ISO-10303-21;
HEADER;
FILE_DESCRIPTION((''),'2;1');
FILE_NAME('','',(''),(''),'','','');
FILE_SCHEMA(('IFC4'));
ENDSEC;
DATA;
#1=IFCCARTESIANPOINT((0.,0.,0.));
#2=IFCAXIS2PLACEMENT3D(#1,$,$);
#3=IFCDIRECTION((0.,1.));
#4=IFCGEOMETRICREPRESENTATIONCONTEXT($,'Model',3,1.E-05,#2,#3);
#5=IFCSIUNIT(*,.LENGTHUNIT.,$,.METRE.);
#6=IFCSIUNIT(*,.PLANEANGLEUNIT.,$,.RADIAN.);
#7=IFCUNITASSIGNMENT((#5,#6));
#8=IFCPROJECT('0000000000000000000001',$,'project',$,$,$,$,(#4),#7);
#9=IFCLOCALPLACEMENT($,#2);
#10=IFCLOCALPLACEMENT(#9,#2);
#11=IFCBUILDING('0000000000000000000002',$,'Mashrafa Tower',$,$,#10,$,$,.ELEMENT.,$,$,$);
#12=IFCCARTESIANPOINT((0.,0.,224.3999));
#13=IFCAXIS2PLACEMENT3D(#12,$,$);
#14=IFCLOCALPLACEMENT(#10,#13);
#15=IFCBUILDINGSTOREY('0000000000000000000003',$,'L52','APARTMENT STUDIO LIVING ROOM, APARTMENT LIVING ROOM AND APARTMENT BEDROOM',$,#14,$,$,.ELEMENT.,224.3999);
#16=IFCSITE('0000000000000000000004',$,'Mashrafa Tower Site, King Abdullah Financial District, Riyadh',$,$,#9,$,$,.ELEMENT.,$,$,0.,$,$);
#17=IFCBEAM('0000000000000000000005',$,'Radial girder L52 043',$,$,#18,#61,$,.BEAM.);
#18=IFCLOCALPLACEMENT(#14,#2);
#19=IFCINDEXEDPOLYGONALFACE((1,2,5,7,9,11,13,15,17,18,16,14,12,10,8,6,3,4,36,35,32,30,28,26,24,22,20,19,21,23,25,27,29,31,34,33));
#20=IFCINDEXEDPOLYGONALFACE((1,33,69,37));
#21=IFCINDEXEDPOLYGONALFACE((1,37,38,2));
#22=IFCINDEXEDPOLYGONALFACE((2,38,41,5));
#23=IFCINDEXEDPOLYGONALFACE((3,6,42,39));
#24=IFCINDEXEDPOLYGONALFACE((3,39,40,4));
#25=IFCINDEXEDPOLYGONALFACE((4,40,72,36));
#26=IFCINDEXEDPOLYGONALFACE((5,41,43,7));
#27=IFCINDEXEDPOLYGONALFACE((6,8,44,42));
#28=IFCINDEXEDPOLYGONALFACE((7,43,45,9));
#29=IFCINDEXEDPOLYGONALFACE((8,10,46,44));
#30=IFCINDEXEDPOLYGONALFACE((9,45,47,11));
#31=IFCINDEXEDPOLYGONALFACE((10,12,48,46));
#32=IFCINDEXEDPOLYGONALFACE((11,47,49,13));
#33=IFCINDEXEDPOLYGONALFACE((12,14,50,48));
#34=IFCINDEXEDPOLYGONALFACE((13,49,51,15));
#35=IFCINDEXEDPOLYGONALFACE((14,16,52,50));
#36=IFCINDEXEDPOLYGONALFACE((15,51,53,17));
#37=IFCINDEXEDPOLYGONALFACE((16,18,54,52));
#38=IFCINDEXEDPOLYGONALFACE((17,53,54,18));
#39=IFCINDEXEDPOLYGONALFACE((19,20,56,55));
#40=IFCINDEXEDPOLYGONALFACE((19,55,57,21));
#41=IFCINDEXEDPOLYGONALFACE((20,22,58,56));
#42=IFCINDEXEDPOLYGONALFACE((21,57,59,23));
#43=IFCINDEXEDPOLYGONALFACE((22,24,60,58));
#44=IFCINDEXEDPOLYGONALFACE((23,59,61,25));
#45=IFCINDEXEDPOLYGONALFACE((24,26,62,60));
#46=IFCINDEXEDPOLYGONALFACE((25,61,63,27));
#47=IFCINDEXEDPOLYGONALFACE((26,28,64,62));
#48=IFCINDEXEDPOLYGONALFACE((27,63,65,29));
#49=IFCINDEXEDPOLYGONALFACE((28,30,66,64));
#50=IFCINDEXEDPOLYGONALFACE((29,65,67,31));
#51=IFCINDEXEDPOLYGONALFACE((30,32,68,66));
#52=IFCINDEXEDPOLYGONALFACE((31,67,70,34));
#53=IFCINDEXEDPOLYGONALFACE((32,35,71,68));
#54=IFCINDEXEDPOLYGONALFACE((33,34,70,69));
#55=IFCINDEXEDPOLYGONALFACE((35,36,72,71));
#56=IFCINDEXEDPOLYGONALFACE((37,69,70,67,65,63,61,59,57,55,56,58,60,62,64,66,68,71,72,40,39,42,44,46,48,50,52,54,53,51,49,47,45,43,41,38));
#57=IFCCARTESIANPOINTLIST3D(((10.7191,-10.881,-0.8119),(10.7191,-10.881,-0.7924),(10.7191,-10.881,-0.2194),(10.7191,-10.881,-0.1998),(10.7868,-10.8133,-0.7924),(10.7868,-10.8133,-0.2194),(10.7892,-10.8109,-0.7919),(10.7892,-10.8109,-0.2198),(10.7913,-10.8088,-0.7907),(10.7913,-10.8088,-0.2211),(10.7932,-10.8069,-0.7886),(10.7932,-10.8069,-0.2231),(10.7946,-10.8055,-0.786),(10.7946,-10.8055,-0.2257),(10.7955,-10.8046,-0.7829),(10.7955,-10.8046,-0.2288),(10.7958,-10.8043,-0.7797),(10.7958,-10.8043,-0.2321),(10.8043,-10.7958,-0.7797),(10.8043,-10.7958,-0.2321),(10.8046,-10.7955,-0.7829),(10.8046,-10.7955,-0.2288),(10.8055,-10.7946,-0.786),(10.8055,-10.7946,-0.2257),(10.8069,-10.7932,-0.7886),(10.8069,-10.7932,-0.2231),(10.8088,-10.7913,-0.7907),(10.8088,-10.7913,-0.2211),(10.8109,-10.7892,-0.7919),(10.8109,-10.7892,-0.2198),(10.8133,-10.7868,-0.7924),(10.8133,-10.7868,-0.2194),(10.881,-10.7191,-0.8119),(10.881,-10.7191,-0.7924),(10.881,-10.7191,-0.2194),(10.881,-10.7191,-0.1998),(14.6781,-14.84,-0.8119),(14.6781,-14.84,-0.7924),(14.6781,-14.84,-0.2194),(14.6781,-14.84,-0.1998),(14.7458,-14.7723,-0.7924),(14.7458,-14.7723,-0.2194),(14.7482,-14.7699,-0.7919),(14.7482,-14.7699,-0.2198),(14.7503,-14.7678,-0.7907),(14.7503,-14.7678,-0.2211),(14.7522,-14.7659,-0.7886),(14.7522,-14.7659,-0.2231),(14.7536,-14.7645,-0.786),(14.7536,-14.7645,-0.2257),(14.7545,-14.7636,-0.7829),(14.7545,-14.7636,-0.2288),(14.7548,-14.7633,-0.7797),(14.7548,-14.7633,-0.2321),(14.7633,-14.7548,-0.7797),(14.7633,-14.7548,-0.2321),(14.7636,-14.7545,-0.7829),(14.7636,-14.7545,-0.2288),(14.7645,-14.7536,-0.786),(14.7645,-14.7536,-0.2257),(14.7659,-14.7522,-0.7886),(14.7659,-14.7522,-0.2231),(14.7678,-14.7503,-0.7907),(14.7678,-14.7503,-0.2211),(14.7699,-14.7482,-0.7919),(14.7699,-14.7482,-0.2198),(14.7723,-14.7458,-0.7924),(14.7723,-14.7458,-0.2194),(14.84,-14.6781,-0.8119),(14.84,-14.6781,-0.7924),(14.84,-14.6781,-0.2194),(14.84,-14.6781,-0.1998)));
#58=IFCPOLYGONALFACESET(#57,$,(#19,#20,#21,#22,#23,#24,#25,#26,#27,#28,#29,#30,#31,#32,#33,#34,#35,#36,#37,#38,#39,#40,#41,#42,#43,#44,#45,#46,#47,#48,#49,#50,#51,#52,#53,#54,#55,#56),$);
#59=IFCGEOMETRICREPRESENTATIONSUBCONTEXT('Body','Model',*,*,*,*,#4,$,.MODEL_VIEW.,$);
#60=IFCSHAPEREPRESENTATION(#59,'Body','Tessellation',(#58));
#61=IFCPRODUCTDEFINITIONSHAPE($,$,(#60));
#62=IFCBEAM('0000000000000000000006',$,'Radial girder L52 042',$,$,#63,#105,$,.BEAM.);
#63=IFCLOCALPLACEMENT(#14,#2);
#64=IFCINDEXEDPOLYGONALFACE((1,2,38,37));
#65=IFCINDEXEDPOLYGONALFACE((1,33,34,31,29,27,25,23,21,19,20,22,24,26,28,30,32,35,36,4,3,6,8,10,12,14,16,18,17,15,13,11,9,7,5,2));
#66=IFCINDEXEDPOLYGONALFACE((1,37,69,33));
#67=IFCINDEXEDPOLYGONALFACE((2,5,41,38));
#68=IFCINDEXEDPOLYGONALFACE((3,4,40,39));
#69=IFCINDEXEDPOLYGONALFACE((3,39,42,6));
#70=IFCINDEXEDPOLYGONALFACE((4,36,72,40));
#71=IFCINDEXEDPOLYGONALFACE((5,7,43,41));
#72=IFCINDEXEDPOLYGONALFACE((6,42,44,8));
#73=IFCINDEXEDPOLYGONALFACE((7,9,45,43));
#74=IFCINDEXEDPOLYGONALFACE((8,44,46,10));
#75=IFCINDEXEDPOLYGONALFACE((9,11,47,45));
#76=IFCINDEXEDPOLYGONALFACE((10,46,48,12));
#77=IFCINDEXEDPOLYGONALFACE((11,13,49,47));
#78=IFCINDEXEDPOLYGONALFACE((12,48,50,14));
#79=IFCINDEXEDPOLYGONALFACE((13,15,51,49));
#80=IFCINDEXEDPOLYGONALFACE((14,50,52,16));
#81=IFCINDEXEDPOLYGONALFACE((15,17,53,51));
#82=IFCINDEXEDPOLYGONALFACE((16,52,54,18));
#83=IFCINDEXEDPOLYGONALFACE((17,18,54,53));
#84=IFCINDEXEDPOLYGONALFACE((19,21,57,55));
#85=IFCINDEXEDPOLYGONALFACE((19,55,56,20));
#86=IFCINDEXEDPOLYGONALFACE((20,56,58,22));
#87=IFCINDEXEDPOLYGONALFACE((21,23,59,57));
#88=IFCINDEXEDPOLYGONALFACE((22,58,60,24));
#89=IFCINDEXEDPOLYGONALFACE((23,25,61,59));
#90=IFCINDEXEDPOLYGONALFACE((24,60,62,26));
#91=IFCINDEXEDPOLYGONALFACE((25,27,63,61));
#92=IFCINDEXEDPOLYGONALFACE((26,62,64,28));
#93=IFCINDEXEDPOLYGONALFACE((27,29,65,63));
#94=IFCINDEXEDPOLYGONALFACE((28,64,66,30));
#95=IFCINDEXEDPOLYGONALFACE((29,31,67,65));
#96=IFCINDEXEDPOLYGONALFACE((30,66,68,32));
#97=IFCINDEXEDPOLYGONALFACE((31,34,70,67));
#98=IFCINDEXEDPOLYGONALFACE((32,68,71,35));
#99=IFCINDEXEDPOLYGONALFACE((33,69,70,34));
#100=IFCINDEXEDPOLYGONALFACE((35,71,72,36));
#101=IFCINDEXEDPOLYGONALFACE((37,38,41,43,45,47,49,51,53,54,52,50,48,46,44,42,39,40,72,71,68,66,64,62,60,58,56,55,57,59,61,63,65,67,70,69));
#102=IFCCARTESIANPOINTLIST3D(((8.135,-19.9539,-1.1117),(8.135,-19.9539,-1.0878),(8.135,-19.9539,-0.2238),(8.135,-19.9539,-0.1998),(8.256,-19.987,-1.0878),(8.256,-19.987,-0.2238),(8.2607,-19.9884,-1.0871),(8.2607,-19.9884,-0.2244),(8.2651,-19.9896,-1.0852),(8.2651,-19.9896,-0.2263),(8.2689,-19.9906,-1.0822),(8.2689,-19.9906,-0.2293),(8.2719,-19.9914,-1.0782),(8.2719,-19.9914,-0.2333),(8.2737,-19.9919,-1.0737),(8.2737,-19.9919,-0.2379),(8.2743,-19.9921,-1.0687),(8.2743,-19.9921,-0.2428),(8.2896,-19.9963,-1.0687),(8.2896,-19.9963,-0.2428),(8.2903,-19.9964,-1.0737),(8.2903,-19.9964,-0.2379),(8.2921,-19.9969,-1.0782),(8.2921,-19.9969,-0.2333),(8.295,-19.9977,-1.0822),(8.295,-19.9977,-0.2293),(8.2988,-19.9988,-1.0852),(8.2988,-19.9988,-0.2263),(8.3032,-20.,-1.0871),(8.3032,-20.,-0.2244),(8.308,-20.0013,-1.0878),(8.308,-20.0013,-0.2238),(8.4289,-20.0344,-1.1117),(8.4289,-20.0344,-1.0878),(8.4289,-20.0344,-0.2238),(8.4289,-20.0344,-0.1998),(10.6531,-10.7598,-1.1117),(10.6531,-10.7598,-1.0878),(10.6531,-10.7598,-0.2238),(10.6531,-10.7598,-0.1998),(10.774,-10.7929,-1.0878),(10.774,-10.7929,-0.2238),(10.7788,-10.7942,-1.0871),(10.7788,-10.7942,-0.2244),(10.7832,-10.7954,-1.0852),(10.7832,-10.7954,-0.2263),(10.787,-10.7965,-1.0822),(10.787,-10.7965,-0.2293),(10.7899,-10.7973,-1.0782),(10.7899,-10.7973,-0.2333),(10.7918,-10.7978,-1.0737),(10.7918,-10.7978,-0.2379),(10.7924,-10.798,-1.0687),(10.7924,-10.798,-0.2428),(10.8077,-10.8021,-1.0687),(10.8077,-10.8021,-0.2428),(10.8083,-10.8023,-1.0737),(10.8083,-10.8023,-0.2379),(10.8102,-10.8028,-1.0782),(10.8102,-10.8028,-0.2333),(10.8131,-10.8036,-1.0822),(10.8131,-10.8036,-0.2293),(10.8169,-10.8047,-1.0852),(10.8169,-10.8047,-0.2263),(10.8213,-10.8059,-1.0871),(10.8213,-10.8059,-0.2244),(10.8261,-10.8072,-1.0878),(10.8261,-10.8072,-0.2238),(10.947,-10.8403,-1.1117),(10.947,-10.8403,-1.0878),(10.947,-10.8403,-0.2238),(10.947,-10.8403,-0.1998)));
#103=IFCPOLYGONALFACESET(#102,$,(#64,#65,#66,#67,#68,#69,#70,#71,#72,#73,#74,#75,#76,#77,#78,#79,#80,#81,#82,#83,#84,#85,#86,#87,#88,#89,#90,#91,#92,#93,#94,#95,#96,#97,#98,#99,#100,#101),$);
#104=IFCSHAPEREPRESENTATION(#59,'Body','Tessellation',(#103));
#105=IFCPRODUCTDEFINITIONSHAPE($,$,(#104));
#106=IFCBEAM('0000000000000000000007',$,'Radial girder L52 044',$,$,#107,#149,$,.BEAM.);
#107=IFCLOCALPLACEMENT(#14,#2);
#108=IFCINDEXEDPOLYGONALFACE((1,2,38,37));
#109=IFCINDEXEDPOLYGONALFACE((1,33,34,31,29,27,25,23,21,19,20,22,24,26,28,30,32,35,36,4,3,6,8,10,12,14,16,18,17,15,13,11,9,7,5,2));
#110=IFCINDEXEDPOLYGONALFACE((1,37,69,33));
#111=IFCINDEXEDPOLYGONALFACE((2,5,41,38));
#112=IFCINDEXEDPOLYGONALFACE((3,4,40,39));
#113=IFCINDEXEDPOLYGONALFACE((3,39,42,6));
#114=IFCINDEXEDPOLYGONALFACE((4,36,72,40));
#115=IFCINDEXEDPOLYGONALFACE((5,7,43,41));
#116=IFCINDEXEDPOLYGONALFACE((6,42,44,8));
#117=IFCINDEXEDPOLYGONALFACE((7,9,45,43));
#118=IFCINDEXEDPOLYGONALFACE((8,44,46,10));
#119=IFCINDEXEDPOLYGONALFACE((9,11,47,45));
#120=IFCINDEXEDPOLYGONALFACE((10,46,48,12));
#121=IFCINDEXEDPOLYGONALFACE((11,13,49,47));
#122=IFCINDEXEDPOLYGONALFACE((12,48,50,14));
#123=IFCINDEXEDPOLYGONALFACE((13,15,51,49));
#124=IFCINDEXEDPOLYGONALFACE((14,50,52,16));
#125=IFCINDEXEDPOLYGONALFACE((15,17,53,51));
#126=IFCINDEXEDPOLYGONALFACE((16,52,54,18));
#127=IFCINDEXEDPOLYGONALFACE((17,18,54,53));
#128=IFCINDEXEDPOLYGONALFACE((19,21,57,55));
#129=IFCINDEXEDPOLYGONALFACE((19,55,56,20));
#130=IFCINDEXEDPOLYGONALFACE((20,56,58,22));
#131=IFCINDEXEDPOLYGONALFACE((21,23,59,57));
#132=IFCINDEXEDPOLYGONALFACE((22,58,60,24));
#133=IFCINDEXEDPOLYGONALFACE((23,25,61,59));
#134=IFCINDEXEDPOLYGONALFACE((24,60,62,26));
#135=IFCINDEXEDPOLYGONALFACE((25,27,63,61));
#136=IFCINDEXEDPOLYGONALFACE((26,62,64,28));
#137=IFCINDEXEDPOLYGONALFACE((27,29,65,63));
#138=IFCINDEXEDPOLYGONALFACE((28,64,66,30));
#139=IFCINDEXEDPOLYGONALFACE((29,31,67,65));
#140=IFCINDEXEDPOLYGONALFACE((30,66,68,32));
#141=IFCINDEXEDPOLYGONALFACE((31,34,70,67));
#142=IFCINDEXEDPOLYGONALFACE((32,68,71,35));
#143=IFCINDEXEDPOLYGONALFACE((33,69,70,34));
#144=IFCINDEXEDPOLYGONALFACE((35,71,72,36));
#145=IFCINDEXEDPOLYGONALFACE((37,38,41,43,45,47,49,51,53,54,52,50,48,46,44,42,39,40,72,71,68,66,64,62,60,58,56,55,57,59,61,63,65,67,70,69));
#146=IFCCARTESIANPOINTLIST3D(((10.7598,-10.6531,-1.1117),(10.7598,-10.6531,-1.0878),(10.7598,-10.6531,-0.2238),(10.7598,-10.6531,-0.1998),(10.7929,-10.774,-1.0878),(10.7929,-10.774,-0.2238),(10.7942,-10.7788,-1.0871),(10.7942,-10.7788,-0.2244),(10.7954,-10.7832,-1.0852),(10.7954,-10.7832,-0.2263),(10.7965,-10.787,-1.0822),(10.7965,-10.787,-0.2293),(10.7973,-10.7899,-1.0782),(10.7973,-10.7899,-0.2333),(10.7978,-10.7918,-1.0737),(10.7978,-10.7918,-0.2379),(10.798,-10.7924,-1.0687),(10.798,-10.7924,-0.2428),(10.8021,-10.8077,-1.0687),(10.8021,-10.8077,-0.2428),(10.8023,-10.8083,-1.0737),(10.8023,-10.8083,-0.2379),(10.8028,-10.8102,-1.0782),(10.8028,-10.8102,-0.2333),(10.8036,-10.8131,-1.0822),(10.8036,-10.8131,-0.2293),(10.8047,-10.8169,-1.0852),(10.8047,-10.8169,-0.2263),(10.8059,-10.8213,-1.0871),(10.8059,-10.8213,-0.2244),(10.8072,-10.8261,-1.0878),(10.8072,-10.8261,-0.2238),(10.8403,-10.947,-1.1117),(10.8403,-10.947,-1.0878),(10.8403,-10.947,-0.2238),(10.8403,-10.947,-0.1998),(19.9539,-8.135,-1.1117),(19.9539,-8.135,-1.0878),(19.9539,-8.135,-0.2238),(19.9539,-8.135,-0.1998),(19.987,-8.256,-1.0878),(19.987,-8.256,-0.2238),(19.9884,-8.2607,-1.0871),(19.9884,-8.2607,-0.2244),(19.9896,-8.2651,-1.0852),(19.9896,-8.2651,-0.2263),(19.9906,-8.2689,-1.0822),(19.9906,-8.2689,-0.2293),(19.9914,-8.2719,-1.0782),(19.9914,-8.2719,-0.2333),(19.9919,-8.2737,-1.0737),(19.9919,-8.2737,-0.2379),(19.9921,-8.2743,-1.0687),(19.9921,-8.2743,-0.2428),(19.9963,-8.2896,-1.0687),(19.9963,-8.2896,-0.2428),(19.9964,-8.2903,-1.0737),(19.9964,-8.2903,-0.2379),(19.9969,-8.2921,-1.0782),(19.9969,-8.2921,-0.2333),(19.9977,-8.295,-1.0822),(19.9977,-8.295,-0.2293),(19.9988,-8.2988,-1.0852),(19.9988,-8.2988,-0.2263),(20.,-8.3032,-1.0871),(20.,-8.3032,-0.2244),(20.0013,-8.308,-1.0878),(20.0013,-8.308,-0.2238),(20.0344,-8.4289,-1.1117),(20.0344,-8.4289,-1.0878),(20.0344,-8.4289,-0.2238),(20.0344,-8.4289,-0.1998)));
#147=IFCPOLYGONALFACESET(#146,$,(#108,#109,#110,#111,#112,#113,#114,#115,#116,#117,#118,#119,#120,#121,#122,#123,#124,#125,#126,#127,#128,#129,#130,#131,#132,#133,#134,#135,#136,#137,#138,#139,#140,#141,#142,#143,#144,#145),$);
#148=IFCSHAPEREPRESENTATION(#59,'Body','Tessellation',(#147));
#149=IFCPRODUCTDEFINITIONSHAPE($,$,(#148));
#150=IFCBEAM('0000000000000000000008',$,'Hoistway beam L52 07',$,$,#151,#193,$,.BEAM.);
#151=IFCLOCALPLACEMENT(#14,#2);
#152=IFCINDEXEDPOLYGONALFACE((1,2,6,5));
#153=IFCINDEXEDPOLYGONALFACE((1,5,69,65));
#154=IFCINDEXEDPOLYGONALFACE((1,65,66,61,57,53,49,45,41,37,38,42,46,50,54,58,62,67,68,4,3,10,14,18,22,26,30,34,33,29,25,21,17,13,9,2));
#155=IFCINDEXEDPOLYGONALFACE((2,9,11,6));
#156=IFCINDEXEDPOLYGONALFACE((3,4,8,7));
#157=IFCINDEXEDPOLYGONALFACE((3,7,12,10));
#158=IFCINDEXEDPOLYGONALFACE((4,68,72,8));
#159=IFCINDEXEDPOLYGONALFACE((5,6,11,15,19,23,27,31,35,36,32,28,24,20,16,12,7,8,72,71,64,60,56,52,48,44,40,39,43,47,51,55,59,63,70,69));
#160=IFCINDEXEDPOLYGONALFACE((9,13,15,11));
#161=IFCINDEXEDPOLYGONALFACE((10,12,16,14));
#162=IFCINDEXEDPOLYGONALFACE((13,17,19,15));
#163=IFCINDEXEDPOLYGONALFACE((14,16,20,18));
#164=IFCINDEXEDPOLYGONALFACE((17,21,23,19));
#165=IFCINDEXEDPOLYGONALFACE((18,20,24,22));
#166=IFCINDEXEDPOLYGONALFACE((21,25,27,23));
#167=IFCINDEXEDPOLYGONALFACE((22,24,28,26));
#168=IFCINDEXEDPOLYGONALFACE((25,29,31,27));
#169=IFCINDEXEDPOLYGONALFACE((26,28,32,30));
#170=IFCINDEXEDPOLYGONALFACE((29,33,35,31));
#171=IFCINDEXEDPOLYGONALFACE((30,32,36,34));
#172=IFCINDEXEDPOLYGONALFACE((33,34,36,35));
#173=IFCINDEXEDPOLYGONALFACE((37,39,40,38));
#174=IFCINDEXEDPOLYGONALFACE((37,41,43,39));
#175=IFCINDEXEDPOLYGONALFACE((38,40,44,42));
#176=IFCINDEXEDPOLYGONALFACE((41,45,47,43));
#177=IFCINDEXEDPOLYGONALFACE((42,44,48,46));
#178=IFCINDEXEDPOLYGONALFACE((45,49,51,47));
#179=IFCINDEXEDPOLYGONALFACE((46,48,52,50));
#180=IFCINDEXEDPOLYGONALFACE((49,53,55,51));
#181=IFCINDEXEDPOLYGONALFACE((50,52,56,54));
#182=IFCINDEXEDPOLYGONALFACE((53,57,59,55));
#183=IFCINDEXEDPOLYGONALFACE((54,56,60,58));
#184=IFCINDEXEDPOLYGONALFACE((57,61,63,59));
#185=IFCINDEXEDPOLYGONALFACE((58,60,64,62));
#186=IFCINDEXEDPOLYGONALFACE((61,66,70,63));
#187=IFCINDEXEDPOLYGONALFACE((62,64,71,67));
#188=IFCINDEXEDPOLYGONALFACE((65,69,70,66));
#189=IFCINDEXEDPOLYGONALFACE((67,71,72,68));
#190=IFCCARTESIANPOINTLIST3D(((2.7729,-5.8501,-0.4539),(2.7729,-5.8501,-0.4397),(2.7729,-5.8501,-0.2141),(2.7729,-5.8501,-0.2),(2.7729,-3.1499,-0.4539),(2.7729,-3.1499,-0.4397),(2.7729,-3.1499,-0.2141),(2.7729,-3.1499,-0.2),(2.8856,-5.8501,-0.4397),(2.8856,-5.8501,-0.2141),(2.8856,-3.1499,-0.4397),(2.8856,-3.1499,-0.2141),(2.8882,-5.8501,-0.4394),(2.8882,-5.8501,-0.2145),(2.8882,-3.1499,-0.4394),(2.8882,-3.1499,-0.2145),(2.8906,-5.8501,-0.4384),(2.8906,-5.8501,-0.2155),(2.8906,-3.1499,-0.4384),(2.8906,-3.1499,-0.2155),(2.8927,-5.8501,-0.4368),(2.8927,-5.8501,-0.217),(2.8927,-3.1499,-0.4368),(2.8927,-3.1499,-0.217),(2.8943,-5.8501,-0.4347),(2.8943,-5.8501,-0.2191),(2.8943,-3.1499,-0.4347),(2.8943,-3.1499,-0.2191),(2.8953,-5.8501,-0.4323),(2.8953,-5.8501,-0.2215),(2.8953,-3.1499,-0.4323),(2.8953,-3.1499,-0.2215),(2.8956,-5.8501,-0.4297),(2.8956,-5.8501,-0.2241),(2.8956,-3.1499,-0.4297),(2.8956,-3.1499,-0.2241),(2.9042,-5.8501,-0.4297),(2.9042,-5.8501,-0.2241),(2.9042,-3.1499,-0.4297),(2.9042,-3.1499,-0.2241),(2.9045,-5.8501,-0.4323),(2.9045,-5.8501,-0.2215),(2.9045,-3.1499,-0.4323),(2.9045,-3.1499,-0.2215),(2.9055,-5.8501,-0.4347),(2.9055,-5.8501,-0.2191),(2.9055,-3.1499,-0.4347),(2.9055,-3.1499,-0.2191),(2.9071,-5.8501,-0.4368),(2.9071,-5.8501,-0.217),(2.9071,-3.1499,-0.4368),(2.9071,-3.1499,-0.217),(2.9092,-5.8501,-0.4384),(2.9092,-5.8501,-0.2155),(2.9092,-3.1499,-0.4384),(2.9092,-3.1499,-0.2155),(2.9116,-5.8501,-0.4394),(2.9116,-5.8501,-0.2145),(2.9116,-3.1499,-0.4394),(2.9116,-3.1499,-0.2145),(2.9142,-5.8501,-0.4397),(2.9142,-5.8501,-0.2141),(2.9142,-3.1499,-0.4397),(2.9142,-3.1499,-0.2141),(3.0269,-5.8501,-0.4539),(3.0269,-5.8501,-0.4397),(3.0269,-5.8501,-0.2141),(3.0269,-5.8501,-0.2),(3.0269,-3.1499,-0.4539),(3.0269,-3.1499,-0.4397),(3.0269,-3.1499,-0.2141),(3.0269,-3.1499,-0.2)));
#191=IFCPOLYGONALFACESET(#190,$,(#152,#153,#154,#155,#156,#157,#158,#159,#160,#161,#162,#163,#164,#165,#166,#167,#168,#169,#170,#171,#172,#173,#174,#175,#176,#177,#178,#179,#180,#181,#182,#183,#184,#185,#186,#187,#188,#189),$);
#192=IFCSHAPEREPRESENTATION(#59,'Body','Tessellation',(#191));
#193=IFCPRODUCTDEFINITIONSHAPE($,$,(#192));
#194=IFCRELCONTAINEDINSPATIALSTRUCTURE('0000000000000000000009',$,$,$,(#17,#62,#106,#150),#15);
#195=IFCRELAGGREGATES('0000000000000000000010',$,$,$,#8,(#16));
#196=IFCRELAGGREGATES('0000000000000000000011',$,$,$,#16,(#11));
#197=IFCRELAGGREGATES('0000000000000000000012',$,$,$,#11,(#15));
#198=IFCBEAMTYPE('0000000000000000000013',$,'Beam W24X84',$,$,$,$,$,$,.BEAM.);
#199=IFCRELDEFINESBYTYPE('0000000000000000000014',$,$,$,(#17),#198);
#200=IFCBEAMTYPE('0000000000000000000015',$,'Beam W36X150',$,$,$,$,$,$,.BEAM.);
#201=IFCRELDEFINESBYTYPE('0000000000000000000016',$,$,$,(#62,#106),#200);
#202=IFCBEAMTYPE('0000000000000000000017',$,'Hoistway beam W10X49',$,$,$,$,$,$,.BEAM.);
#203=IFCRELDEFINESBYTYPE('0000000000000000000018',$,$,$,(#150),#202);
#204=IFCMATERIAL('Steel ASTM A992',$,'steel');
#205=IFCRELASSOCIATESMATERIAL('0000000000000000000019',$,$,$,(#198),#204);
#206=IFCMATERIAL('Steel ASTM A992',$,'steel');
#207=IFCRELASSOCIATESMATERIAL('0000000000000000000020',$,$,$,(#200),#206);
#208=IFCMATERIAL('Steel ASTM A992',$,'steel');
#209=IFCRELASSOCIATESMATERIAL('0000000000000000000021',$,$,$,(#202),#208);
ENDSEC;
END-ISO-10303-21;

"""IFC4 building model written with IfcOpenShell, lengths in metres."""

from ifc_helpers import new_model, si_unit, direction, frame, origin, origin_2d, place, context, subcontext, project, spatial, i_section, extrude, material, material_profile, profile_set, type_object, element, save


model = new_model("IFC4")

# Units and contexts
model_context = context("Model", 3, precision=1e-05, world=origin(), true_north=direction((0.0, 1.0)))
body_context = subcontext(model_context, "Body", "Model", "MODEL_VIEW")
ifc_project = project(units=[si_unit("LENGTHUNIT", "METRE"), si_unit("PLANEANGLEUNIT", "RADIAN")], contexts=[model_context])

# Site, building, storey
site_placement = place(None, origin())
site = spatial("IfcSite", under=ifc_project, at=site_placement, Name="Mashrafa Tower Site, King Abdullah Financial District, Riyadh", CompositionType="ELEMENT", RefElevation=0.0)
building_placement = place(site_placement, origin())
building = spatial("IfcBuilding", under=site, at=building_placement, Name="Mashrafa Tower", CompositionType="ELEMENT")
storey_placement = place(building_placement, frame((0.0, 0.0, 224.3999)))
storey = spatial("IfcBuildingStorey", under=building, at=storey_placement, Name="L52", Description="APARTMENT STUDIO LIVING ROOM, APARTMENT LIVING ROOM AND APARTMENT BEDROOM", CompositionType="ELEMENT", Elevation=224.3999)

# Beams
ifc_material_1 = material(Name="Steel ASTM A992", Category="steel")
ifc_material_profile_1 = material_profile(ifc_material_1, i_section(OverallWidth=0.229, OverallDepth=0.6121, WebThickness=0.012, FlangeThickness=0.0195, FilletRadius=0.0127, at=origin_2d()), Name="W24X84")
ifc_profile_set_1 = profile_set([ifc_material_profile_1], Name="Steel ASTM A992")
beam_type_1 = type_object("IfcBeamType", Name="Beam W24X84", PredefinedType="BEAM", material=ifc_profile_set_1)
beam_1_placement = place(storey_placement, frame((10.8, -10.8, -0.5059), z_axis=(0.707107, -0.707107, 0.0), x_axis=(0.707107, 0.707107, 0.0)))
element("IfcBeam", 1, at=beam_1_placement, inside=storey, type_object=beam_type_1, Name="Radial girder L52 043", PredefinedType="BEAM", context=body_context, shape_type="SweptSolid", body=[
    extrude(i_section(OverallWidth=0.229, OverallDepth=0.6121, WebThickness=0.012, FlangeThickness=0.0195, FilletRadius=0.0127, at=origin_2d()), origin(), (0.0, 0.0, 1.0), 5.5989),
])
ifc_material_2 = material(Name="Steel ASTM A992", Category="steel")
ifc_material_profile_2 = material_profile(ifc_material_2, i_section(OverallWidth=0.3047, OverallDepth=0.9119, WebThickness=0.0159, FlangeThickness=0.0239, FilletRadius=0.019, at=origin_2d()), Name="W36X150")
ifc_profile_set_2 = profile_set([ifc_material_profile_2], Name="Steel ASTM A992")
beam_type_2 = type_object("IfcBeamType", Name="Beam W36X150", PredefinedType="BEAM", material=ifc_profile_set_2)
for number, where, z_axis, x_axis, name in (
    (2, (10.8, -10.8, -0.6558), (-0.264151, -0.964481, 0.0), (0.964481, -0.264151, 0.0), "Radial girder L52 042"),
    (3, (10.8, -10.8, -0.6558), (0.964481, 0.264151, 0.0), (-0.264151, 0.964481, 0.0), "Radial girder L52 044"),
):
    element("IfcBeam", number, at=place(storey_placement, frame(where, z_axis=z_axis, x_axis=x_axis)), inside=storey, type_object=beam_type_2, Name=name, PredefinedType="BEAM", context=body_context, shape_type="SweptSolid", body=[
        extrude(i_section(OverallWidth=0.3047, OverallDepth=0.9119, WebThickness=0.0159, FlangeThickness=0.0239, FilletRadius=0.019, at=origin_2d()), origin(), (0.0, 0.0, 1.0), 9.5327),
    ])
ifc_material_3 = material(Name="Steel ASTM A992", Category="steel")
ifc_material_profile_3 = material_profile(ifc_material_3, i_section(OverallWidth=0.2539, OverallDepth=0.2539, WebThickness=0.0085, FlangeThickness=0.0142, FilletRadius=0.01, at=origin_2d()), Name="W10X49")
ifc_profile_set_3 = profile_set([ifc_material_profile_3], Name="Steel ASTM A992")
beam_type_3 = type_object("IfcBeamType", Name="Hoistway beam W10X49", PredefinedType="BEAM", material=ifc_profile_set_3)
beam_2_placement = place(storey_placement, frame((2.8999, -5.8501, -0.3269), z_axis=(0.0, 1.0, 0.0), x_axis=(-1.0, 0.0, 0.0)))
element("IfcBeam", 4, at=beam_2_placement, inside=storey, type_object=beam_type_3, Name="Hoistway beam L52 07", PredefinedType="BEAM", context=body_context, shape_type="SweptSolid", body=[
    extrude(i_section(OverallWidth=0.2539, OverallDepth=0.2539, WebThickness=0.0085, FlangeThickness=0.0142, FilletRadius=0.01, at=origin_2d()), origin(), (0.0, 0.0, 1.0), 2.7002),
])

save(model, "model.ifc")
